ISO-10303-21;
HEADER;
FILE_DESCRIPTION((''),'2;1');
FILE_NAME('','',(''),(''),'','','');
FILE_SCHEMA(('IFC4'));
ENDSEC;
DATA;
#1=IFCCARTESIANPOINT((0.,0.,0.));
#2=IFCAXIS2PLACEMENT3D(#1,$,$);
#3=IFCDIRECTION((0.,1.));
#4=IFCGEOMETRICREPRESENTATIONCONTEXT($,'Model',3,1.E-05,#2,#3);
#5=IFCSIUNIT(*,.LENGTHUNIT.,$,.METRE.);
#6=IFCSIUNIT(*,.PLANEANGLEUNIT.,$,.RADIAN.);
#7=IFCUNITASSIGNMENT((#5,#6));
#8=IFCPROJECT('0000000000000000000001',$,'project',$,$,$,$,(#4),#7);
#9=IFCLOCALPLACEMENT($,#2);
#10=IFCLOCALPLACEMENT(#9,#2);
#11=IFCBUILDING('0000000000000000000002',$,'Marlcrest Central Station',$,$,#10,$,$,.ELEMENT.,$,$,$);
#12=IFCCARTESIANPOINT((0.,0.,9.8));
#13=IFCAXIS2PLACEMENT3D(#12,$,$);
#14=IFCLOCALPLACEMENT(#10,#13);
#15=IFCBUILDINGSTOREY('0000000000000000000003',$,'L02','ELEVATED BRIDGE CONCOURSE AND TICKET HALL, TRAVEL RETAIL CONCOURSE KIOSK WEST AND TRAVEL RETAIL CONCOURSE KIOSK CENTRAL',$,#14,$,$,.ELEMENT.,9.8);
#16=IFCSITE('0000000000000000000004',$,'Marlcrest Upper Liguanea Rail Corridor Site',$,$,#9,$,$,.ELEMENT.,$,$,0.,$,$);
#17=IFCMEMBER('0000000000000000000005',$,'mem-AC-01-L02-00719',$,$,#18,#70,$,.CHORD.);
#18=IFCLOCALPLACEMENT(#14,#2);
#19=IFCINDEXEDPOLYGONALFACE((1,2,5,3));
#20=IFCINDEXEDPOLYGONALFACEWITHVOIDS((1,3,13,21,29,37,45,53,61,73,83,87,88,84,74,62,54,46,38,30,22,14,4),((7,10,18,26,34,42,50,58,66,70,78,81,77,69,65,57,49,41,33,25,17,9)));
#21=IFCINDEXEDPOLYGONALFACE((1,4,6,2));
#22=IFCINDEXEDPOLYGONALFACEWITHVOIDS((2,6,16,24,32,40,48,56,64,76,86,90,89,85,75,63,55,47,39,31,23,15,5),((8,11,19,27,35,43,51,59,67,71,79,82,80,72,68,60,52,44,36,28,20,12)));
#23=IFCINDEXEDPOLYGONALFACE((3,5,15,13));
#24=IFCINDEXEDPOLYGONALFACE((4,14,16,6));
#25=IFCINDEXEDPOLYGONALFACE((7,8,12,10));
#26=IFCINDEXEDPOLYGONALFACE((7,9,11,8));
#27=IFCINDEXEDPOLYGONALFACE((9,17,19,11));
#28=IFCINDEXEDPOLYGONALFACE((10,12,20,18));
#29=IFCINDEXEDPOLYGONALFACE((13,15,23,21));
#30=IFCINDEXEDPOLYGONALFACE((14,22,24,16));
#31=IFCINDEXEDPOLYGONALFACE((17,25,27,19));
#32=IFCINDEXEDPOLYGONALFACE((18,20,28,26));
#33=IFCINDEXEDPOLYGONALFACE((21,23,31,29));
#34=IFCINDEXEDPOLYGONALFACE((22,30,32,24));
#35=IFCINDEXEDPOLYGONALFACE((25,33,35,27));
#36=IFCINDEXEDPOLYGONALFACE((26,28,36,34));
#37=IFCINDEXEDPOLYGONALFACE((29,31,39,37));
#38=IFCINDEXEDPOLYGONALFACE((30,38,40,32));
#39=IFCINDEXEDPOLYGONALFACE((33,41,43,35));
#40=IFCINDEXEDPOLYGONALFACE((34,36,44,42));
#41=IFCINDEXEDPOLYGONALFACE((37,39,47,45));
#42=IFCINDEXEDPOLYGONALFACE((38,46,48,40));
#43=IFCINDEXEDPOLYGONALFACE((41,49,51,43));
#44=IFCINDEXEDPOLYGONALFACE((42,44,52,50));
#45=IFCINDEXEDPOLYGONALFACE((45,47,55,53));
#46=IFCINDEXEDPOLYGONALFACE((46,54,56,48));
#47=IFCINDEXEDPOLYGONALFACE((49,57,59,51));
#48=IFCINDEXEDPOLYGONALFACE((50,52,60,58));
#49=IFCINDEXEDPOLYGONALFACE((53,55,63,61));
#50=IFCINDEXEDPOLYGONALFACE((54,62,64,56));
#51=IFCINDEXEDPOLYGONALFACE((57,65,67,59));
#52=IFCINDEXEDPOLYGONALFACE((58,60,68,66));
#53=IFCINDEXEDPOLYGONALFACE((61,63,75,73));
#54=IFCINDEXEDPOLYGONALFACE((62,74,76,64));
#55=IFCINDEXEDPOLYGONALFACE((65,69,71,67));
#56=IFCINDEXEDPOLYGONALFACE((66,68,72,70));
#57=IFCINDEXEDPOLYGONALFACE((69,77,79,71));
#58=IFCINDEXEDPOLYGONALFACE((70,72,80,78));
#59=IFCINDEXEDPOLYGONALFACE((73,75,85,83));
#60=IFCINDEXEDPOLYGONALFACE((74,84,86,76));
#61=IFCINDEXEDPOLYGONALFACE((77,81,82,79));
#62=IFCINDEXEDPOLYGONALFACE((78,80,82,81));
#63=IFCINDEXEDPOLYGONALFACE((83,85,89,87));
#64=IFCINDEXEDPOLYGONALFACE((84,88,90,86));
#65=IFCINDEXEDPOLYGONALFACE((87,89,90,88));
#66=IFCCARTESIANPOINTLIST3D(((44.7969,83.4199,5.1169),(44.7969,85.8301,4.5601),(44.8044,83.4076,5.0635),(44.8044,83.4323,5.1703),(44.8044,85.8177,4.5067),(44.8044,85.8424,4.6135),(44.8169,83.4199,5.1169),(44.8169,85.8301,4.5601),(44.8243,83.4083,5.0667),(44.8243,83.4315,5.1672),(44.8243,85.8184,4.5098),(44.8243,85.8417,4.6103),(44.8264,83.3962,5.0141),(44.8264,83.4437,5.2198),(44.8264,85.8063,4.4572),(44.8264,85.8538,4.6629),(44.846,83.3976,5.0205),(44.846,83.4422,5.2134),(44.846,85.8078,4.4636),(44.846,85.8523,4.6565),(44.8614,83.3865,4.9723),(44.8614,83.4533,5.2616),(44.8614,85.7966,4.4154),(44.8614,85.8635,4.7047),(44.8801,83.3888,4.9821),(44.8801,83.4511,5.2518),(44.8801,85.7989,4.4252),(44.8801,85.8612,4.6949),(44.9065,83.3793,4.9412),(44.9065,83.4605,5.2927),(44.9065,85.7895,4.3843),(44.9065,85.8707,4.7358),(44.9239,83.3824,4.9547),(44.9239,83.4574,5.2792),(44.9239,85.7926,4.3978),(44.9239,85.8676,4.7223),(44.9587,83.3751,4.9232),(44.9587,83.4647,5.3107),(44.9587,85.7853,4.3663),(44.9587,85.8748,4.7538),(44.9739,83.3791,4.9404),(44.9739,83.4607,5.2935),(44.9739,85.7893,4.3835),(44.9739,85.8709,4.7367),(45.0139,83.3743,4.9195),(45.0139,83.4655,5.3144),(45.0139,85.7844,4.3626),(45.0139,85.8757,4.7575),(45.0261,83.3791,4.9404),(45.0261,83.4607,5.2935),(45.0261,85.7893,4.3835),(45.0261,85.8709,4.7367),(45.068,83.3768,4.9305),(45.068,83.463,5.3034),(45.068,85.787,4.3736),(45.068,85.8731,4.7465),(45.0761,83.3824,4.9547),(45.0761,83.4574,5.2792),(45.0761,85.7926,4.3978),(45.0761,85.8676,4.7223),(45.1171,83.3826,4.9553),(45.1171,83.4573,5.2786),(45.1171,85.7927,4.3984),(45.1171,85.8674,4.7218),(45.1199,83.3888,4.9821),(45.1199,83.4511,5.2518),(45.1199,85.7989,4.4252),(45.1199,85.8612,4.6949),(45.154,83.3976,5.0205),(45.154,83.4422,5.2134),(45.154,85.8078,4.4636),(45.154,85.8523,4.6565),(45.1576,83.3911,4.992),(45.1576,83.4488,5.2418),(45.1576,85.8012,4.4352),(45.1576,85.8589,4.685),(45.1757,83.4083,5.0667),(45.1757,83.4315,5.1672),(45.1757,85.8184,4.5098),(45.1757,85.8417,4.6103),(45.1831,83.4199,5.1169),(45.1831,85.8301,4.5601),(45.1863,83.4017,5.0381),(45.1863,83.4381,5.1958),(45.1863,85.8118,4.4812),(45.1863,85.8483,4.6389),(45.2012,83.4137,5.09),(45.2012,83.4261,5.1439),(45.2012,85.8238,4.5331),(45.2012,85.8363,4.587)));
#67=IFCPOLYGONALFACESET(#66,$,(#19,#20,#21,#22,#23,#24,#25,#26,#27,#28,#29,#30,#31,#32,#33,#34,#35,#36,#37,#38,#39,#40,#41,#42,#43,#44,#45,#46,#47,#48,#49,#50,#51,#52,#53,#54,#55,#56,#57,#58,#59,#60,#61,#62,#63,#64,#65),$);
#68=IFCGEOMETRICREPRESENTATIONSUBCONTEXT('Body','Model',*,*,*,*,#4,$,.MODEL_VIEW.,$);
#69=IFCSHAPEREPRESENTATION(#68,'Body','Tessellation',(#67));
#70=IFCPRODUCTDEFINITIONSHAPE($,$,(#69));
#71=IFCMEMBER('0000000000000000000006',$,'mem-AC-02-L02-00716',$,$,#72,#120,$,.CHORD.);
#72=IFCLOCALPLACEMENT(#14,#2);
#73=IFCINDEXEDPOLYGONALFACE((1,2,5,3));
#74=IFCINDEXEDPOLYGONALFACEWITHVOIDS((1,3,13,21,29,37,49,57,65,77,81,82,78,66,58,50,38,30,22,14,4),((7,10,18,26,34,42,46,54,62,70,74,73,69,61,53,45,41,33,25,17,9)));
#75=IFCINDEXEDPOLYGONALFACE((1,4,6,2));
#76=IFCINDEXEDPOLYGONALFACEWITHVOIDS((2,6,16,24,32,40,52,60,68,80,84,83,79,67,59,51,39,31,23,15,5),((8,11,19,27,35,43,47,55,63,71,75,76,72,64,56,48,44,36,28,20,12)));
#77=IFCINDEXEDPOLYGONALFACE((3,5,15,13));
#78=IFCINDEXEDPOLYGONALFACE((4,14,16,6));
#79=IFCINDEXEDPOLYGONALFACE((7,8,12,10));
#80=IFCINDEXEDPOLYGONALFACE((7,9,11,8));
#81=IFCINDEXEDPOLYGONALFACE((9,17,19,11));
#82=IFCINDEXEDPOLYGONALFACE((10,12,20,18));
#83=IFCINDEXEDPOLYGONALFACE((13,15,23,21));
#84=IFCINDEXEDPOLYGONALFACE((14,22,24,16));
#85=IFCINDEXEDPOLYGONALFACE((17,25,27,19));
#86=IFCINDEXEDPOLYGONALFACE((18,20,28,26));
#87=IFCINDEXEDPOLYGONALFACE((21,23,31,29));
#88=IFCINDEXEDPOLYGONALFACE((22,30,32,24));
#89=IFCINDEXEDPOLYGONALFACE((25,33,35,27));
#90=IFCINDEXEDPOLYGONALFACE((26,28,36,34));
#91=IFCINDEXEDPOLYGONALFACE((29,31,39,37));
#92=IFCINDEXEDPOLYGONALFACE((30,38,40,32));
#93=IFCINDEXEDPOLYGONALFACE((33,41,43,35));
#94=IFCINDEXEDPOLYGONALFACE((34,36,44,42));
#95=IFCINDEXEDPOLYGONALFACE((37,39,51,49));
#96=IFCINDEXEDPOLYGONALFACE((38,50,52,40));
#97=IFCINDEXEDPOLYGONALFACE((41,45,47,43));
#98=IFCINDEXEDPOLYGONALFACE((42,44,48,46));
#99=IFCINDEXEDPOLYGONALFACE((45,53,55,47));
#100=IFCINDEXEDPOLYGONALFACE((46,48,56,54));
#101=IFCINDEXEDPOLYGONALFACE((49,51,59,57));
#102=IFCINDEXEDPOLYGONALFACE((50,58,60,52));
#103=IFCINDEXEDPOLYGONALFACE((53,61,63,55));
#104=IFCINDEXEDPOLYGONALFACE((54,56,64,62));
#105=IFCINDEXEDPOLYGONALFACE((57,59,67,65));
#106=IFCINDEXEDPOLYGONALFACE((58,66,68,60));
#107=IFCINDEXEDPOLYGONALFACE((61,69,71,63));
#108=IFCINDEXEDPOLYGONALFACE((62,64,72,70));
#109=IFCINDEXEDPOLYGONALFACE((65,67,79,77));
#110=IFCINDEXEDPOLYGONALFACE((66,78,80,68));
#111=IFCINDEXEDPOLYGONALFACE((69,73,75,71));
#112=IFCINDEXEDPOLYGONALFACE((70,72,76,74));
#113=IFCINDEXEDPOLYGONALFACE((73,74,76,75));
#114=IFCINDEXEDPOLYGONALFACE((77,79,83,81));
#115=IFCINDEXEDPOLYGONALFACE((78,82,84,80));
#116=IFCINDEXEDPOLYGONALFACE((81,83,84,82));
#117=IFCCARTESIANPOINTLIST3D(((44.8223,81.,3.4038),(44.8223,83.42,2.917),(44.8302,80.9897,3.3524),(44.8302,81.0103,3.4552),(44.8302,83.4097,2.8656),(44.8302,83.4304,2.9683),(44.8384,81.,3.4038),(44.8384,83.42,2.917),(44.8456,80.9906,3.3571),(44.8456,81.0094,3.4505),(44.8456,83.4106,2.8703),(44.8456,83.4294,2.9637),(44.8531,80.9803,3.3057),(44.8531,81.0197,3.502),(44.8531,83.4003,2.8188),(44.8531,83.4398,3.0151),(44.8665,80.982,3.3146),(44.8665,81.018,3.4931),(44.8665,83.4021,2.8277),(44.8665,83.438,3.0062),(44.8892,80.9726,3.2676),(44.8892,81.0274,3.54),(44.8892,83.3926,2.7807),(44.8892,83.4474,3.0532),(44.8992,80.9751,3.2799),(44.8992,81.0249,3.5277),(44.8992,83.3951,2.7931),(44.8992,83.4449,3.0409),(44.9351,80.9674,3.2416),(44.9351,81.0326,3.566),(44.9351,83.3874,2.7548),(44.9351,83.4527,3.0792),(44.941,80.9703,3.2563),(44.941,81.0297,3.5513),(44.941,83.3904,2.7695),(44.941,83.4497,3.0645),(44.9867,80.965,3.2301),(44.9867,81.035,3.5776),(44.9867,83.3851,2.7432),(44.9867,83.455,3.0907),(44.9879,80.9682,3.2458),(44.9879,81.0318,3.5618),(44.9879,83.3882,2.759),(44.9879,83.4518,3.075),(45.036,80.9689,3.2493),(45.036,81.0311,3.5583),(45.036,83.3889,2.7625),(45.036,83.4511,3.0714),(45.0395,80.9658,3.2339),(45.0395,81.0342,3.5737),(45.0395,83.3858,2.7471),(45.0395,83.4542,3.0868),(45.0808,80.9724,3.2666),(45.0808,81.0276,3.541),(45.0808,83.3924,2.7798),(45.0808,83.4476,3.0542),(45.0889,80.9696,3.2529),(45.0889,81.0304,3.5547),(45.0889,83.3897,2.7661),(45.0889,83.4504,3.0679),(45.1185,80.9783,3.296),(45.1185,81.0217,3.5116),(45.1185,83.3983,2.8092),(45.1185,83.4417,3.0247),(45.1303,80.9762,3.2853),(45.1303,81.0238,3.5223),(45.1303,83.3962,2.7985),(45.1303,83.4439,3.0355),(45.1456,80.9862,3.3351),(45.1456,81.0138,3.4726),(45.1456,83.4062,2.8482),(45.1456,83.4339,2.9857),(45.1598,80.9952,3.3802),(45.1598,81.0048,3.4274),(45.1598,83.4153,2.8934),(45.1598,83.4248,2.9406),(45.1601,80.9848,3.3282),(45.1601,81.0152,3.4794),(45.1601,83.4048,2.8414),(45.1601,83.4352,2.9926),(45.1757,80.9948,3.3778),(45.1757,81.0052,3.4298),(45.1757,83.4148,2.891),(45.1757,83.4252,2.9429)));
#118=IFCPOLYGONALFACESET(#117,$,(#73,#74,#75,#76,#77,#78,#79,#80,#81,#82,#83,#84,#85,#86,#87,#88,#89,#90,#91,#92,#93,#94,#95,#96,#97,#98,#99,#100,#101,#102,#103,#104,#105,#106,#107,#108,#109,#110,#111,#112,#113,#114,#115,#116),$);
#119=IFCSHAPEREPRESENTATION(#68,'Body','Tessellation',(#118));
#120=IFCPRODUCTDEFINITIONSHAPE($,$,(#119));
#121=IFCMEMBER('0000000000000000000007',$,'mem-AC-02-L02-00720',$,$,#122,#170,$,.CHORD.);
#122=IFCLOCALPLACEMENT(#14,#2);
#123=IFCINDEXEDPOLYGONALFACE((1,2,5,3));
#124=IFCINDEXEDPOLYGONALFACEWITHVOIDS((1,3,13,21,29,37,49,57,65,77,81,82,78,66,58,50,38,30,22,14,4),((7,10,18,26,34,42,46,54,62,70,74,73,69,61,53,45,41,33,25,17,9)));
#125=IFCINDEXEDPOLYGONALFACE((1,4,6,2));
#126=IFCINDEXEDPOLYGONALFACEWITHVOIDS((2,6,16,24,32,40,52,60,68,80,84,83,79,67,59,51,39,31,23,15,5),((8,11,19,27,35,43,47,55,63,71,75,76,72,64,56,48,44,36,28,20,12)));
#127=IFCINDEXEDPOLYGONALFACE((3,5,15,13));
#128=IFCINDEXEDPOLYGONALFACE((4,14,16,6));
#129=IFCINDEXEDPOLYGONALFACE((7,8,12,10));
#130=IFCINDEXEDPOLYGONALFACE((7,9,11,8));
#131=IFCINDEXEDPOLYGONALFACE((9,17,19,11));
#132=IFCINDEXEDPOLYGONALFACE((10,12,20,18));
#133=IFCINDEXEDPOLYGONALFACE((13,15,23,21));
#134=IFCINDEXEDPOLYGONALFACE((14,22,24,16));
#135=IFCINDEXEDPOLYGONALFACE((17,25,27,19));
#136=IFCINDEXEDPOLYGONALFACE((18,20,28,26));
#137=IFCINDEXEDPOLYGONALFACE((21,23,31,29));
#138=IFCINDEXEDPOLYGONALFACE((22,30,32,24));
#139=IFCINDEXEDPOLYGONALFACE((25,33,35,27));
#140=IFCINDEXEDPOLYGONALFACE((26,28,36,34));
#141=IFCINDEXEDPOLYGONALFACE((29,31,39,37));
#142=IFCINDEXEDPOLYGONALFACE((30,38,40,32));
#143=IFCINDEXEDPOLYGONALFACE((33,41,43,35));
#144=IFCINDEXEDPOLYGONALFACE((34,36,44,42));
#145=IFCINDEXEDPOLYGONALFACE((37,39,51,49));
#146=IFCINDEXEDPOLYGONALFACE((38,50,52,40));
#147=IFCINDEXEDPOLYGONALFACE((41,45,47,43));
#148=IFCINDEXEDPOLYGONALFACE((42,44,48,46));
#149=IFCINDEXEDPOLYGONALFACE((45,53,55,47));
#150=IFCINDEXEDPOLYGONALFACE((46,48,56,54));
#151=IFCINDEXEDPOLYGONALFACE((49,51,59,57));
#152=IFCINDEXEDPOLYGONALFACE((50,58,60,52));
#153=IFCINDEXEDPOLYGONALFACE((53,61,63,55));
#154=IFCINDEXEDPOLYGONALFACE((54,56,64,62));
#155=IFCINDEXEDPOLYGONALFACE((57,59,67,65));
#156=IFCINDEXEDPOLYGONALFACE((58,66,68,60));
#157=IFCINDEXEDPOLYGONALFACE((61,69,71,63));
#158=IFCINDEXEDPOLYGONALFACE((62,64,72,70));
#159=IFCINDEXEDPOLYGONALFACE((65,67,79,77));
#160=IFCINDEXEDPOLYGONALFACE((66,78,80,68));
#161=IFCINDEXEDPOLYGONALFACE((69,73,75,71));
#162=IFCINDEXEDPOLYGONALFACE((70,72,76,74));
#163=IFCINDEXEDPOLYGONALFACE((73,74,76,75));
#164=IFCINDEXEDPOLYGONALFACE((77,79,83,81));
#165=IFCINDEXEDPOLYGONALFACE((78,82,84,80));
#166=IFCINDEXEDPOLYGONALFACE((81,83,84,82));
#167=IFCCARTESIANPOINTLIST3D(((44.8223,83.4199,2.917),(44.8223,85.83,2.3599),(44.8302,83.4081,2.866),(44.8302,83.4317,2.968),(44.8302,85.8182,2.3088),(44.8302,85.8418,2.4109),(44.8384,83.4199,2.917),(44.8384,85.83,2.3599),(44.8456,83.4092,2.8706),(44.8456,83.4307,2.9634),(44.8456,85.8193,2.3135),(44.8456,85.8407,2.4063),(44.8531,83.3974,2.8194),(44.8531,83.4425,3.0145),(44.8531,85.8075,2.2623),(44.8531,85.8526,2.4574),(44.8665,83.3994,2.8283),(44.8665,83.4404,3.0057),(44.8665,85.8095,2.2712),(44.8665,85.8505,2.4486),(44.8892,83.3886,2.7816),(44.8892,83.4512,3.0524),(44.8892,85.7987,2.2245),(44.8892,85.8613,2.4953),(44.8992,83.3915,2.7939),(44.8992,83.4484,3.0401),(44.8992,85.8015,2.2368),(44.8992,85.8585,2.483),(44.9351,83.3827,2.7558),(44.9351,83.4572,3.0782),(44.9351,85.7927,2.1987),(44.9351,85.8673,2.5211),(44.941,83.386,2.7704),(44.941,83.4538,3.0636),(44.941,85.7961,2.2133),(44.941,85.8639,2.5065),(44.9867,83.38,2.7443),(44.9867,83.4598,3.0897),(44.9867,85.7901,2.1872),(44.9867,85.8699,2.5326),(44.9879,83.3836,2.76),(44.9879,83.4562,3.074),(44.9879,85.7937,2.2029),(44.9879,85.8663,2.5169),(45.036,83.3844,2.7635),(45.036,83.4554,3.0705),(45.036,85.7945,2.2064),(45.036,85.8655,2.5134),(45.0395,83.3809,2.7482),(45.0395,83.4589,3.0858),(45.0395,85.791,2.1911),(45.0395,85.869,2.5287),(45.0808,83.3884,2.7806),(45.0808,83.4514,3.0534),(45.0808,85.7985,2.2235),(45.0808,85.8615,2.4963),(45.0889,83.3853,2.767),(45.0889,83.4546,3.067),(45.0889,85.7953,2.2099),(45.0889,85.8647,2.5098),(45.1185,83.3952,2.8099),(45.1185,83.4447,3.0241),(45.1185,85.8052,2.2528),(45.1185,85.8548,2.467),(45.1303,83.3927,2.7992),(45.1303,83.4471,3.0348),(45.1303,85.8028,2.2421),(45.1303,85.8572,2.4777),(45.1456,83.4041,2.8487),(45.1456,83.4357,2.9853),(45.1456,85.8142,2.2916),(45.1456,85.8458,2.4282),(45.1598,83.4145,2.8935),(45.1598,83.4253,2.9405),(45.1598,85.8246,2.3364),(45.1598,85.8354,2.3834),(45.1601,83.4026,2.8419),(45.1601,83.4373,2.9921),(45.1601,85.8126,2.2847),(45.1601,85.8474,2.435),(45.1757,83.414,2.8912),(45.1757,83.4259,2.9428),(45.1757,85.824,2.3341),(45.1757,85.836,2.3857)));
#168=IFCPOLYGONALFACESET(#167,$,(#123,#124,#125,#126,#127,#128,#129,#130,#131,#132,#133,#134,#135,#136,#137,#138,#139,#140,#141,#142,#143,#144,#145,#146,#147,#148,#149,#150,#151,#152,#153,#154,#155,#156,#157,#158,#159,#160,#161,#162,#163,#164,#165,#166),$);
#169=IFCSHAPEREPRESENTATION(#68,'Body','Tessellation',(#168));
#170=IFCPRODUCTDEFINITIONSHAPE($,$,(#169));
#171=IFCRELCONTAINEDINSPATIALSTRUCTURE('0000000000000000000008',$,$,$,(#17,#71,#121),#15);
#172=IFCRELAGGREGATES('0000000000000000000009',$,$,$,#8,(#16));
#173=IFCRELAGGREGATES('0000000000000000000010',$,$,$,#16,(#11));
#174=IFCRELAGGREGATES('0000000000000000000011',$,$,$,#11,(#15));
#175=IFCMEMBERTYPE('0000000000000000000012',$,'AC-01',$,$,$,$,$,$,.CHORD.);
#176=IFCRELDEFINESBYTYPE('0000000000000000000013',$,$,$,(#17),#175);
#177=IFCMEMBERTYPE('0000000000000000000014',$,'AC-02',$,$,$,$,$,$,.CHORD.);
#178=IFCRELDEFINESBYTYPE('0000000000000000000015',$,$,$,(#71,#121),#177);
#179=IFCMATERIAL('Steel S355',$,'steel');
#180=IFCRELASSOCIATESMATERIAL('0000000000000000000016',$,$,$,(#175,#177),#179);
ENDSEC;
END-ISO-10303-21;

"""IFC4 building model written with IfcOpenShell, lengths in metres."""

from ifc_helpers import new_model, si_unit, direction, frame, origin, origin_2d, place, context, subcontext, project, spatial, hollow_circle, extrude, material, material_profile, profile_set, type_object, element, save


model = new_model("IFC4")

# Units and contexts
model_context = context("Model", 3, precision=1e-05, world=origin(), true_north=direction((0.0, 1.0)))
body_context = subcontext(model_context, "Body", "Model", "MODEL_VIEW")
ifc_project = project(units=[si_unit("LENGTHUNIT", "METRE"), si_unit("PLANEANGLEUNIT", "RADIAN")], contexts=[model_context])

# Site, building, storey
site_placement = place(None, origin())
site = spatial("IfcSite", under=ifc_project, at=site_placement, Name="Marlcrest Upper Liguanea Rail Corridor Site", CompositionType="ELEMENT", RefElevation=0.0)
building_placement = place(site_placement, origin())
building = spatial("IfcBuilding", under=site, at=building_placement, Name="Marlcrest Central Station", CompositionType="ELEMENT")
storey_placement = place(building_placement, frame((0.0, 0.0, 9.8)))
storey = spatial("IfcBuildingStorey", under=building, at=storey_placement, Name="L02", Description="ELEVATED BRIDGE CONCOURSE AND TICKET HALL, TRAVEL RETAIL CONCOURSE KIOSK WEST AND TRAVEL RETAIL CONCOURSE KIOSK CENTRAL", CompositionType="ELEMENT", Elevation=9.8)

# Members
ifc_material_1 = material(Name="Steel S355", Category="steel")
ifc_material_profile_1 = material_profile(ifc_material_1, hollow_circle(Radius=0.2031, WallThickness=0.02, at=origin_2d()), Name="CHS 406.4x20")
ifc_profile_set_1 = profile_set([ifc_material_profile_1], Name="Steel S355")
member_type_1 = type_object("IfcMemberType", Name="AC-01", PredefinedType="CHORD", material=ifc_profile_set_1)
member_1_placement = place(storey_placement, frame((45.0, 83.4199, 5.1169), z_axis=(0.0, 0.97433, -0.225126), x_axis=(-1.0, 0.0, 0.0)))
element("IfcMember", 1, at=member_1_placement, inside=storey, type_object=member_type_1, Name="mem-AC-01-L02-00719", PredefinedType="CHORD", context=body_context, shape_type="SweptSolid", body=[
    extrude(hollow_circle(Radius=0.2031, WallThickness=0.02, at=origin_2d()), origin(), (0.0, 0.0, 1.0), 2.4736),
])
ifc_material_profile_2 = material_profile(ifc_material_1, hollow_circle(Radius=0.1777, WallThickness=0.0161, at=origin_2d()), Name="CHS 355.6x16")
ifc_profile_set_2 = profile_set([ifc_material_profile_2], Name="Steel S355")
member_type_2 = type_object("IfcMemberType", Name="AC-02", PredefinedType="CHORD", material=ifc_profile_set_2)
member_2_placement = place(storey_placement, frame((45.0, 81.0, 3.4038), z_axis=(0.0, 0.980359, -0.197219), x_axis=(-1.0, 0.0, 0.0)))
element("IfcMember", 2, at=member_2_placement, inside=storey, type_object=member_type_2, Name="mem-AC-02-L02-00716", PredefinedType="CHORD", context=body_context, shape_type="SweptSolid", body=[
    extrude(hollow_circle(Radius=0.1777, WallThickness=0.0161, at=origin_2d()), origin(), (0.0, 0.0, 1.0), 2.4685),
])
member_3_placement = place(storey_placement, frame((45.0, 83.4199, 2.917), z_axis=(0.0, 0.974308, -0.22522), x_axis=(-1.0, 0.0, 0.0)))
element("IfcMember", 3, at=member_3_placement, inside=storey, type_object=member_type_2, Name="mem-AC-02-L02-00720", PredefinedType="CHORD", context=body_context, shape_type="SweptSolid", body=[
    extrude(hollow_circle(Radius=0.1777, WallThickness=0.0161, at=origin_2d()), origin(), (0.0, 0.0, 1.0), 2.4736),
])

save(model, "model.ifc")
